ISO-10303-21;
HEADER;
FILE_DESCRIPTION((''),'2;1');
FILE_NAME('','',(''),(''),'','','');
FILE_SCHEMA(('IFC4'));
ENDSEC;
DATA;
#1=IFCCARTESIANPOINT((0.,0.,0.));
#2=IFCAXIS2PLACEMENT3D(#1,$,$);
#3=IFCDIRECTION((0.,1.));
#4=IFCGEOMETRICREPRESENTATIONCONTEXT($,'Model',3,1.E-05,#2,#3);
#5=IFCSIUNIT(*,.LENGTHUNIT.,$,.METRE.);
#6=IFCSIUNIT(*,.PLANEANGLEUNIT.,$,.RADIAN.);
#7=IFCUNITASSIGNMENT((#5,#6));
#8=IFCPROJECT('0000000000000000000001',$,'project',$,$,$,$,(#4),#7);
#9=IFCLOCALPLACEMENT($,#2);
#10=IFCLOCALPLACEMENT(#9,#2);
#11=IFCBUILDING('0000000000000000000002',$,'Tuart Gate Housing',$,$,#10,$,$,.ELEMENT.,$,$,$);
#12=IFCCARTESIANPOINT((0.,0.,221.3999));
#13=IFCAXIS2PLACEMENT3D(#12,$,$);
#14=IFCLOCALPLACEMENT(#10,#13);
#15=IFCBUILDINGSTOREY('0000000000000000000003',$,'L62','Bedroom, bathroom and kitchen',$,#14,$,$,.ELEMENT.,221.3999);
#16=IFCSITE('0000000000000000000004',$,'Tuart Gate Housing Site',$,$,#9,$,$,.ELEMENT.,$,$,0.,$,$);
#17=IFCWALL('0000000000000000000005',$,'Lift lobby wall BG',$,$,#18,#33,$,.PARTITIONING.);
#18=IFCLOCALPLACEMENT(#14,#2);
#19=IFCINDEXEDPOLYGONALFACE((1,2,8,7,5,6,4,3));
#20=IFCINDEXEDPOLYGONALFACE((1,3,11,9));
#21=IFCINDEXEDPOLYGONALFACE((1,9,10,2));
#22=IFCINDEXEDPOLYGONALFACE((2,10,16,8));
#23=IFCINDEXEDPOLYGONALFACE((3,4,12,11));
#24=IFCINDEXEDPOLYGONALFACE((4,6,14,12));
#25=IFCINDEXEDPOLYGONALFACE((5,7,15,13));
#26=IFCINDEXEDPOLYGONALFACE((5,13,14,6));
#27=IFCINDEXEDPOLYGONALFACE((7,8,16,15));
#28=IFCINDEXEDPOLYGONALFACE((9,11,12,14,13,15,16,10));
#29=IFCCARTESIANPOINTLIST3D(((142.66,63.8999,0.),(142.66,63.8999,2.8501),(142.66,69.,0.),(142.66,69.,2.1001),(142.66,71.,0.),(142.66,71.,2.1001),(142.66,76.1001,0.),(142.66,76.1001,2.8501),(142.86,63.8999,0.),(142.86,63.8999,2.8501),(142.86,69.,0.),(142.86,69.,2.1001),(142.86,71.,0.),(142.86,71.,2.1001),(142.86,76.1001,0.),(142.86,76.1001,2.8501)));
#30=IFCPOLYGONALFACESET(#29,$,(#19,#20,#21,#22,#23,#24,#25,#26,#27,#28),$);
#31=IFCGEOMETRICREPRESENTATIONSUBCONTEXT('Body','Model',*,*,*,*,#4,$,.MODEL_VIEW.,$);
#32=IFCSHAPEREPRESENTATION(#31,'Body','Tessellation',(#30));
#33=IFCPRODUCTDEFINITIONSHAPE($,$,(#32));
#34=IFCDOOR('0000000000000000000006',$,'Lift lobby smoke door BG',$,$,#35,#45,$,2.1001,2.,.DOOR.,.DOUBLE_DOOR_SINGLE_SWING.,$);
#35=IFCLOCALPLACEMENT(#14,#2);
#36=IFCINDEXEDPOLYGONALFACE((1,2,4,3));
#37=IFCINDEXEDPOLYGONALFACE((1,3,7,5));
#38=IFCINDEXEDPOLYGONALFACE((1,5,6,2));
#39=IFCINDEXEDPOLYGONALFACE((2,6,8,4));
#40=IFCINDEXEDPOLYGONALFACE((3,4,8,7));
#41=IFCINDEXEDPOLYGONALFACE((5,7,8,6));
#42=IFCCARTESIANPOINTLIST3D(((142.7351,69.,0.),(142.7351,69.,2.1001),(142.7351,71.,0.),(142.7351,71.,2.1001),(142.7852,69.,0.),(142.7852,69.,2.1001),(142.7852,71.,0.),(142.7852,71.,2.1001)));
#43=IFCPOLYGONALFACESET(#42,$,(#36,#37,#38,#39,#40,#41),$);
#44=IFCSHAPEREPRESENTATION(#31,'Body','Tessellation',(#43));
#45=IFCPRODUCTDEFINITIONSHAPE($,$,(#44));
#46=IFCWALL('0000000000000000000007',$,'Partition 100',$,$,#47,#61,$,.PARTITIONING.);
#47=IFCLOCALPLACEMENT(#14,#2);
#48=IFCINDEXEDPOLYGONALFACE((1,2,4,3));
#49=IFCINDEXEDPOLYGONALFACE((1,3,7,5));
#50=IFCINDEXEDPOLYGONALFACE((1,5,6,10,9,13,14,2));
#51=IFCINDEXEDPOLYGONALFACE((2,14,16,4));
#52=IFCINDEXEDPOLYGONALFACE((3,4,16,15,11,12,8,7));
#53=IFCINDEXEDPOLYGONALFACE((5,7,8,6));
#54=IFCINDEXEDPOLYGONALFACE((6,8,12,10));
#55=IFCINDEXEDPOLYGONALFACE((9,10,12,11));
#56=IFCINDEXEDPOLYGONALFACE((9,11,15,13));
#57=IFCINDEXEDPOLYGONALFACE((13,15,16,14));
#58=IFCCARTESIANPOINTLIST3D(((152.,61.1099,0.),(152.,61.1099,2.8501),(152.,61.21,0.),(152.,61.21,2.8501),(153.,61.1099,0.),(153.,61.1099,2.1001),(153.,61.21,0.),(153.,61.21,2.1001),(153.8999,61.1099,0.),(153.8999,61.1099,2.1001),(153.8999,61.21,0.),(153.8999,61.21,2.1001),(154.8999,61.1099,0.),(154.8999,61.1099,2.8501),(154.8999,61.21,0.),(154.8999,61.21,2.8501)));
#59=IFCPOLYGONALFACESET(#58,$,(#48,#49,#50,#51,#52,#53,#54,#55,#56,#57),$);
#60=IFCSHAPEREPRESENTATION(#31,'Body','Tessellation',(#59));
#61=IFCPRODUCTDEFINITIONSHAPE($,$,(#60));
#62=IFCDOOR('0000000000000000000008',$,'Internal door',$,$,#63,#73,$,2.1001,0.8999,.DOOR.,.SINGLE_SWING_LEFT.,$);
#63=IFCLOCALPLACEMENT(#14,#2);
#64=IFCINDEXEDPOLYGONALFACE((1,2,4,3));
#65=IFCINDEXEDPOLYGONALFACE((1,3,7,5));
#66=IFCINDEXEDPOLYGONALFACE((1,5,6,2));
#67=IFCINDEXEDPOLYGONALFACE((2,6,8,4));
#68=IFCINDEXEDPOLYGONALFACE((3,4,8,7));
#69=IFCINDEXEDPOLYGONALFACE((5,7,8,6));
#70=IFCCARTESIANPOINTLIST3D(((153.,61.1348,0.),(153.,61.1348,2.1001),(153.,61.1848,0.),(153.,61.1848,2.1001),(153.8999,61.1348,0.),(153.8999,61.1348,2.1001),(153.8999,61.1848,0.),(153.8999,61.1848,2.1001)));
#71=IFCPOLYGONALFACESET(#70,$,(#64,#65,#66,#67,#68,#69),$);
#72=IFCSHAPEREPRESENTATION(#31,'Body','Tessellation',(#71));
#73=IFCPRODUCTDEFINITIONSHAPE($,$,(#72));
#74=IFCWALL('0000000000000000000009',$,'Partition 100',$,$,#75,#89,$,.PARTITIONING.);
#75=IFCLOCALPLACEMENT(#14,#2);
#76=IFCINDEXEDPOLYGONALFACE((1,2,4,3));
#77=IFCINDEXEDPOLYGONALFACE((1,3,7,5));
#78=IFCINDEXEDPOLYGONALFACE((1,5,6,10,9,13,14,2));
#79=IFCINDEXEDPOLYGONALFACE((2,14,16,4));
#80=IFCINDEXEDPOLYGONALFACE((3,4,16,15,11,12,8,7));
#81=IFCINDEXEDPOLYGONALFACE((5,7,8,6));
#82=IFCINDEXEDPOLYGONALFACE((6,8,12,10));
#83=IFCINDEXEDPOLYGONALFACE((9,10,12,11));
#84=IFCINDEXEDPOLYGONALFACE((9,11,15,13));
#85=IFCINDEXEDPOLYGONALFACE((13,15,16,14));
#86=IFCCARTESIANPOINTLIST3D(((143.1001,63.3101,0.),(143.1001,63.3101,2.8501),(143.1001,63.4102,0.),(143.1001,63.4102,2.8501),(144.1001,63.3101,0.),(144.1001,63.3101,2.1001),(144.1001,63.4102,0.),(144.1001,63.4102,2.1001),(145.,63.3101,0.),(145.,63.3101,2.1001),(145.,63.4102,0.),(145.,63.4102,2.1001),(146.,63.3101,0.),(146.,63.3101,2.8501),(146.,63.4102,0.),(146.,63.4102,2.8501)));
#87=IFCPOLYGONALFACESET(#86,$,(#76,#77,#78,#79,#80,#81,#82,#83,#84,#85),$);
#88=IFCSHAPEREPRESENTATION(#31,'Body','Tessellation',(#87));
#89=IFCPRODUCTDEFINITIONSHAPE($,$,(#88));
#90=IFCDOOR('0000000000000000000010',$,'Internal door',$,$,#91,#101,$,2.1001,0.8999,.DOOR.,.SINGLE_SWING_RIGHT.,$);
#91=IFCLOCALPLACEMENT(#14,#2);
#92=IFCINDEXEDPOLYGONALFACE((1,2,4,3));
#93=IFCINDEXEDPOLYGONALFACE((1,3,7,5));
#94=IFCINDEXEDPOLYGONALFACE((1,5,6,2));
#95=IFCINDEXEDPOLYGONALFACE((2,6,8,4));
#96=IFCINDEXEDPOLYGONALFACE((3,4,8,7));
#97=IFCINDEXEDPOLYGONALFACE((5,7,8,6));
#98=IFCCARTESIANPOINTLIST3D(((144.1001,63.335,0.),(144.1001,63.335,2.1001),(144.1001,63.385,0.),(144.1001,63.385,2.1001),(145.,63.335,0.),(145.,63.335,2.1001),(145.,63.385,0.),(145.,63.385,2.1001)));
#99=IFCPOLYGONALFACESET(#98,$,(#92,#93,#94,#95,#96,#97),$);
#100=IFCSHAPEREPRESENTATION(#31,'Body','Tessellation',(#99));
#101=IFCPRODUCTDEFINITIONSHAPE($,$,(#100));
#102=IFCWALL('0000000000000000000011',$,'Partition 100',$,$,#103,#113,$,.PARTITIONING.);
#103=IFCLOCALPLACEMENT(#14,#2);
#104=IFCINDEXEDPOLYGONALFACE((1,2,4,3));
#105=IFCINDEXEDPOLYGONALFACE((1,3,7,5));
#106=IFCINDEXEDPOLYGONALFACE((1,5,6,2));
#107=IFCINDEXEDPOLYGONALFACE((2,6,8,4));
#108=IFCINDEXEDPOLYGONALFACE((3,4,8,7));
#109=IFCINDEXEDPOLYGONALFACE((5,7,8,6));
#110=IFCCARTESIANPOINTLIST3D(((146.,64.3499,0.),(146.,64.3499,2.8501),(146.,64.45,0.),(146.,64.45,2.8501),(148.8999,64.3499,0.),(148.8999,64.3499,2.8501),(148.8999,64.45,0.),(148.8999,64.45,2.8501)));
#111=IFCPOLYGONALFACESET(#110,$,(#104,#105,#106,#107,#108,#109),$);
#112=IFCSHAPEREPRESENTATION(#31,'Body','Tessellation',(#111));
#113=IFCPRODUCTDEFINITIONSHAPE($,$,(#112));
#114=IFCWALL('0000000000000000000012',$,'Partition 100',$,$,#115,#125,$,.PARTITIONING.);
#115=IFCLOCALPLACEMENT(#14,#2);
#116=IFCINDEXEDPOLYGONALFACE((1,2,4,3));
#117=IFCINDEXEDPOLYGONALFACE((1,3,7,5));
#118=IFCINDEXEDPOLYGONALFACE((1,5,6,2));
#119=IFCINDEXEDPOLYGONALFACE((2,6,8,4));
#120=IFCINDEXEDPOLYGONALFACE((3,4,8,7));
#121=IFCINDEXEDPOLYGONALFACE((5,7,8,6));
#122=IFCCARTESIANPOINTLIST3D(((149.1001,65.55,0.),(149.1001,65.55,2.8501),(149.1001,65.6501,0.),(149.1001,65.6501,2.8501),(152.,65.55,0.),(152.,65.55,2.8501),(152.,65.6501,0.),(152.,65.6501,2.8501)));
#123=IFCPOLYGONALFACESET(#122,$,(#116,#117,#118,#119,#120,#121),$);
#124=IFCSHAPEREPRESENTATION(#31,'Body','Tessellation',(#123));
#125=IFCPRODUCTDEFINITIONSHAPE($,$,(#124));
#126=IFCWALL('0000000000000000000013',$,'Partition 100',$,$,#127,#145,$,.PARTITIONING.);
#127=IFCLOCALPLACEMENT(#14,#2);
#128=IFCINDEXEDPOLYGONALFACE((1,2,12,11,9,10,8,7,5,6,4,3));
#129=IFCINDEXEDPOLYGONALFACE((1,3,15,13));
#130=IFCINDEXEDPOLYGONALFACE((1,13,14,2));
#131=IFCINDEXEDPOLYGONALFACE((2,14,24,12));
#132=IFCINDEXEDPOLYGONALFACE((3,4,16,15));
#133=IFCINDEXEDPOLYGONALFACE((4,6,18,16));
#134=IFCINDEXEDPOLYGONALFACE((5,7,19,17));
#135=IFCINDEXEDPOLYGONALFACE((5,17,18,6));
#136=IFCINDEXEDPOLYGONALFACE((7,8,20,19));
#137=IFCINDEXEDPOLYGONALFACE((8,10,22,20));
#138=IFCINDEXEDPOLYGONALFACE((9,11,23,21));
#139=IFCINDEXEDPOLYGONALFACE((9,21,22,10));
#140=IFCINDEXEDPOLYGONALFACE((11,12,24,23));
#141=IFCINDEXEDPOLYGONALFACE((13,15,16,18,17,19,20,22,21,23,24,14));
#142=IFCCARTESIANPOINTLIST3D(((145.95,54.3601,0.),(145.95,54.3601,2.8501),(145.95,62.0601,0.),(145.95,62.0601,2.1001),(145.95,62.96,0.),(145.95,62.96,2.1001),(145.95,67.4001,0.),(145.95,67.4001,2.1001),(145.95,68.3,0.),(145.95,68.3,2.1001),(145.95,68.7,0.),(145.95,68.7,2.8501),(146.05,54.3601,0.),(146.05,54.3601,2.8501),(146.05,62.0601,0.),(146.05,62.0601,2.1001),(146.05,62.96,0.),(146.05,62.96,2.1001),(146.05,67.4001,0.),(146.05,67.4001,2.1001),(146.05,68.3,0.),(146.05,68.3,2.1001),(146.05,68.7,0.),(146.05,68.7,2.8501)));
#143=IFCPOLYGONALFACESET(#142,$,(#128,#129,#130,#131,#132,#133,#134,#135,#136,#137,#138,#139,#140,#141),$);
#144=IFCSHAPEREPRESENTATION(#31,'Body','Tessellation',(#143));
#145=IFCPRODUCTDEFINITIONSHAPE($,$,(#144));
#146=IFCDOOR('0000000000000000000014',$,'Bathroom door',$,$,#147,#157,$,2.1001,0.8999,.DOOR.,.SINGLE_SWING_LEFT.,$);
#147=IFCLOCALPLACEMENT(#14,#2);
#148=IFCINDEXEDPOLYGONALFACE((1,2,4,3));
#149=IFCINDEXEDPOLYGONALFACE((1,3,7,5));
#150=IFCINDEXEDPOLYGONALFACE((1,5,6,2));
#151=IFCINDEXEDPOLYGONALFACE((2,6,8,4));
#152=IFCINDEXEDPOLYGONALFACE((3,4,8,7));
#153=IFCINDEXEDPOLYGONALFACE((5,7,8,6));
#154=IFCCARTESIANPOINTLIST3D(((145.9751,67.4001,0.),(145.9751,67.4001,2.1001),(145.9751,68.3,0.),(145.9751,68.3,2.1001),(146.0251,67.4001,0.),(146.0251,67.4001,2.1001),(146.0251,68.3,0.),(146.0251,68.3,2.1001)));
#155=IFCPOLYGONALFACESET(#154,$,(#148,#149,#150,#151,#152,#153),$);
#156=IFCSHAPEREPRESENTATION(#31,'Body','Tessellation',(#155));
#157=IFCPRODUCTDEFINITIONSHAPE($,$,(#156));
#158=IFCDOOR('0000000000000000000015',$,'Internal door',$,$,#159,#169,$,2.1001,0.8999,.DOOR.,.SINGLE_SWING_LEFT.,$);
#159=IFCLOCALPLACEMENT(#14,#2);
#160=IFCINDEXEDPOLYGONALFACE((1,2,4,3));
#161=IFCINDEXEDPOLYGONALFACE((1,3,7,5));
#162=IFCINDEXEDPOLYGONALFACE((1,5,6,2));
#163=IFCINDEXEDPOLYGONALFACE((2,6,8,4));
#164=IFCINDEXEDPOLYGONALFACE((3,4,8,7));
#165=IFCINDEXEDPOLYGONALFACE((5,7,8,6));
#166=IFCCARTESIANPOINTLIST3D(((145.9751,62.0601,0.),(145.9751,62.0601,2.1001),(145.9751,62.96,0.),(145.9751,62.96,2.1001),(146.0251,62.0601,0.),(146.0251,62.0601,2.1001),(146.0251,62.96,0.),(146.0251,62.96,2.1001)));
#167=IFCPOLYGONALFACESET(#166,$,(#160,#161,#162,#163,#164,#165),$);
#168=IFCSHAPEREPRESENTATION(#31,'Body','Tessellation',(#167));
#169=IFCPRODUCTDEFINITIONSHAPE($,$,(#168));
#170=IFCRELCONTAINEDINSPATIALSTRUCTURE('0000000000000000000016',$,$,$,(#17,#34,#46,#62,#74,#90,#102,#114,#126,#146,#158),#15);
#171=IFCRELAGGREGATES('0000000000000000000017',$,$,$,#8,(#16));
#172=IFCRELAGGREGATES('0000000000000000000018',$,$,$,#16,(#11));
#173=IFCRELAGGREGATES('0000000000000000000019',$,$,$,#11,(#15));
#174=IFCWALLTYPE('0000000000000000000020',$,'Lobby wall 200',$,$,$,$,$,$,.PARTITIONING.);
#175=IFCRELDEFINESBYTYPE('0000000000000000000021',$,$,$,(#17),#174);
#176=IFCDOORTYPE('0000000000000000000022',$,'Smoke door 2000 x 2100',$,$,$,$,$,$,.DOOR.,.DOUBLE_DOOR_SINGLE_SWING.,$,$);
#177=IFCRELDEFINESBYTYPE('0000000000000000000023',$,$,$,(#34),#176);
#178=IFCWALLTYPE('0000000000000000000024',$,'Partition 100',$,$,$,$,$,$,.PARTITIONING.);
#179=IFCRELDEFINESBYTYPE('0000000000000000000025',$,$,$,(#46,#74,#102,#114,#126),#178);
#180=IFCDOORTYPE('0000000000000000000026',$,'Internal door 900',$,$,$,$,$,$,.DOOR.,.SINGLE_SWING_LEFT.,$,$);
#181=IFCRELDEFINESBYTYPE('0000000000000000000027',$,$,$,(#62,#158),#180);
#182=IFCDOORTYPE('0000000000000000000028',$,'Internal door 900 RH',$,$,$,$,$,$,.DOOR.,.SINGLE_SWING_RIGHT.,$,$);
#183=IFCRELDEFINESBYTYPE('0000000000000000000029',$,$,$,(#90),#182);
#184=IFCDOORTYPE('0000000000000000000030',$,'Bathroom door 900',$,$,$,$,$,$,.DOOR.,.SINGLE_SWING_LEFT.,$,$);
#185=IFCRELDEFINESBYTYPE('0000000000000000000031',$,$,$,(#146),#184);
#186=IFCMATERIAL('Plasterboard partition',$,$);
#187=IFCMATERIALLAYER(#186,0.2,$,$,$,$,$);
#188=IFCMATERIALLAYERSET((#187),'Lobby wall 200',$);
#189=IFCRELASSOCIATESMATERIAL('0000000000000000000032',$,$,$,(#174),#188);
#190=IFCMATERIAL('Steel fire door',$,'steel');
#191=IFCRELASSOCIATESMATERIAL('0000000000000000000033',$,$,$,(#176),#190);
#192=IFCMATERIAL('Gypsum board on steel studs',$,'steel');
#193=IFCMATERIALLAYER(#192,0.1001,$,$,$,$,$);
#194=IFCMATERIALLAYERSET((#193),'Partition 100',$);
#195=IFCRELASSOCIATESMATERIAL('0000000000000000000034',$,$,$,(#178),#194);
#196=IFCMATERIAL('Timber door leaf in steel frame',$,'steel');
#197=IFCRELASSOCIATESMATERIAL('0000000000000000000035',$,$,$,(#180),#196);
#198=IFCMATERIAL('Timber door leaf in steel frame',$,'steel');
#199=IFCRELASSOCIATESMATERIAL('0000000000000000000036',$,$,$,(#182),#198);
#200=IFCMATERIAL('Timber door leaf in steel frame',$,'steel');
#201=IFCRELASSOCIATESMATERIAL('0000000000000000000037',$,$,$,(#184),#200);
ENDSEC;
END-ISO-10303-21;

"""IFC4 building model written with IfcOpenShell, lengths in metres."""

from ifc_helpers import new_model, si_unit, direction, frame, frame_2d, origin, place, context, subcontext, project, spatial, rectangle, extrude, material, layer, layer_set, type_object, element, fill, save


model = new_model("IFC4")

# Units and contexts
model_context = context("Model", 3, precision=1e-05, world=origin(), true_north=direction((0.0, 1.0)))
body_context = subcontext(model_context, "Body", "Model", "MODEL_VIEW")
ifc_project = project(units=[si_unit("LENGTHUNIT", "METRE"), si_unit("PLANEANGLEUNIT", "RADIAN")], contexts=[model_context])

# Site, building, storey
site_placement = place(None, origin())
site = spatial("IfcSite", under=ifc_project, at=site_placement, Name="Tuart Gate Housing Site", CompositionType="ELEMENT", RefElevation=0.0)
building_placement = place(site_placement, origin())
building = spatial("IfcBuilding", under=site, at=building_placement, Name="Tuart Gate Housing", CompositionType="ELEMENT")
storey_placement = place(building_placement, frame((0.0, 0.0, 221.3999)))
storey = spatial("IfcBuildingStorey", under=building, at=storey_placement, Name="L62", Description="Bedroom, bathroom and kitchen", CompositionType="ELEMENT", Elevation=221.3999)

# Walls, openings, doors
ifc_material_1 = material(Name="Plasterboard partition")
ifc_layer_1 = layer(ifc_material_1, 0.2)
ifc_layer_set_1 = layer_set([ifc_layer_1], Name="Lobby wall 200")
wall_type_1 = type_object("IfcWallType", Name="Lobby wall 200", PredefinedType="PARTITIONING", material=ifc_layer_set_1)
wall_1_placement = place(storey_placement, frame((142.76, 63.8999, 0.0), z_axis=(0.0, 0.0, 1.0), x_axis=(0.0, 1.0, 0.0)))
wall_1 = element("IfcWall", 1, at=wall_1_placement, inside=storey, type_object=wall_type_1, Name="Lift lobby wall BG", PredefinedType="PARTITIONING", context=body_context, shape_type="SweptSolid", body=[
    extrude(rectangle(XDim=12.2002, YDim=0.2, at=frame_2d((6.1001, 0.0))), origin(), (0.0, 0.0, 1.0), 2.8501),
])
opening_1_placement = place(wall_1_placement, frame((5.1001, 0.0, 0.0)))
opening_1 = element("IfcOpeningElement", 2, at=opening_1_placement, cuts=wall_1, PredefinedType="OPENING", context=body_context, shape_type="SweptSolid", body=[
    extrude(rectangle(XDim=2.0, YDim=2.1001, at=frame_2d((1.0, 1.05))), frame((0.0, 0.1099, 0.0), z_axis=(0.0, -1.0, 0.0), x_axis=(1.0, 0.0, 0.0)), (0.0, 0.0, 1.0), 0.22),
])
ifc_material_2 = material(Name="Steel fire door", Category="steel")
door_type_1 = type_object("IfcDoorType", Name="Smoke door 2000 x 2100", OperationType="DOUBLE_DOOR_SINGLE_SWING", PredefinedType="DOOR", material=ifc_material_2)
door_1_placement = place(opening_1_placement, origin())
door_1 = element("IfcDoor", 3, at=door_1_placement, inside=storey, type_object=door_type_1, Name="Lift lobby smoke door BG", OperationType="DOUBLE_DOOR_SINGLE_SWING", OverallHeight=2.1001, OverallWidth=2.0, PredefinedType="DOOR", context=body_context, shape_type="SweptSolid", body=[
    extrude(rectangle(XDim=2.0, YDim=2.1001, at=frame_2d((1.0, 1.05))), frame((0.0, 0.0249, 0.0), z_axis=(0.0, -1.0, 0.0), x_axis=(1.0, 0.0, 0.0)), (0.0, 0.0, 1.0), 0.05),
])
fill(opening_1, door_1)
ifc_material_3 = material(Name="Gypsum board on steel studs", Category="steel")
ifc_layer_2 = layer(ifc_material_3, 0.1001)
ifc_layer_set_2 = layer_set([ifc_layer_2], Name="Partition 100")
wall_type_2 = type_object("IfcWallType", Name="Partition 100", PredefinedType="PARTITIONING", material=ifc_layer_set_2)
wall_2_placement = place(storey_placement, frame((152.0, 61.1599, 0.0), z_axis=(0.0, 0.0, 1.0), x_axis=(1.0, 0.0, 0.0)))
wall_2 = element("IfcWall", 4, at=wall_2_placement, inside=storey, type_object=wall_type_2, Name="Partition 100", PredefinedType="PARTITIONING", context=body_context, shape_type="SweptSolid", body=[
    extrude(rectangle(XDim=2.8999, YDim=0.1001, at=frame_2d((1.45, 0.0))), origin(), (0.0, 0.0, 1.0), 2.8501),
])
opening_2_placement = place(wall_2_placement, frame((1.0, 0.0, 0.0)))
opening_2 = element("IfcOpeningElement", 5, at=opening_2_placement, cuts=wall_2, PredefinedType="OPENING", context=body_context, shape_type="SweptSolid", body=[
    extrude(rectangle(XDim=0.8999, YDim=2.1001, at=frame_2d((0.45, 1.05))), frame((0.0, 0.0601, 0.0), z_axis=(0.0, -1.0, 0.0), x_axis=(1.0, 0.0, 0.0)), (0.0, 0.0, 1.0), 0.1201),
])
ifc_material_4 = material(Name="Timber door leaf in steel frame", Category="steel")
door_type_2 = type_object("IfcDoorType", Name="Internal door 900", OperationType="SINGLE_SWING_LEFT", PredefinedType="DOOR", material=ifc_material_4)
door_2_placement = place(opening_2_placement, origin())
door_2 = element("IfcDoor", 6, at=door_2_placement, inside=storey, type_object=door_type_2, Name="Internal door", OperationType="SINGLE_SWING_LEFT", OverallHeight=2.1001, OverallWidth=0.8999, PredefinedType="DOOR", context=body_context, shape_type="SweptSolid", body=[
    extrude(rectangle(XDim=0.8999, YDim=2.1001, at=frame_2d((0.45, 1.05))), frame((0.0, 0.0249, 0.0), z_axis=(0.0, -1.0, 0.0), x_axis=(1.0, 0.0, 0.0)), (0.0, 0.0, 1.0), 0.05),
])
fill(opening_2, door_2)
wall_3_placement = place(storey_placement, frame((143.1001, 63.3601, 0.0), z_axis=(0.0, 0.0, 1.0), x_axis=(1.0, 0.0, 0.0)))
wall_3 = element("IfcWall", 7, at=wall_3_placement, inside=storey, type_object=wall_type_2, Name="Partition 100", PredefinedType="PARTITIONING", context=body_context, shape_type="SweptSolid", body=[
    extrude(rectangle(XDim=2.8999, YDim=0.1001, at=frame_2d((1.45, 0.0))), origin(), (0.0, 0.0, 1.0), 2.8501),
])
opening_3_placement = place(wall_3_placement, frame((1.0, 0.0, 0.0)))
opening_3 = element("IfcOpeningElement", 8, at=opening_3_placement, cuts=wall_3, PredefinedType="OPENING", context=body_context, shape_type="SweptSolid", body=[
    extrude(rectangle(XDim=0.8999, YDim=2.1001, at=frame_2d((0.45, 1.05))), frame((0.0, 0.0601, 0.0), z_axis=(0.0, -1.0, 0.0), x_axis=(1.0, 0.0, 0.0)), (0.0, 0.0, 1.0), 0.1201),
])
ifc_material_5 = material(Name="Timber door leaf in steel frame", Category="steel")
door_type_3 = type_object("IfcDoorType", Name="Internal door 900 RH", OperationType="SINGLE_SWING_RIGHT", PredefinedType="DOOR", material=ifc_material_5)
door_3_placement = place(opening_3_placement, origin())
door_3 = element("IfcDoor", 9, at=door_3_placement, inside=storey, type_object=door_type_3, Name="Internal door", OperationType="SINGLE_SWING_RIGHT", OverallHeight=2.1001, OverallWidth=0.8999, PredefinedType="DOOR", context=body_context, shape_type="SweptSolid", body=[
    extrude(rectangle(XDim=0.8999, YDim=2.1001, at=frame_2d((0.45, 1.05))), frame((0.0, 0.0249, 0.0), z_axis=(0.0, -1.0, 0.0), x_axis=(1.0, 0.0, 0.0)), (0.0, 0.0, 1.0), 0.05),
])
fill(opening_3, door_3)

# Walls
for number, where, z_axis, x_axis, name in (
    (10, (146.0, 64.3999, 0.0), (0.0, 0.0, 1.0), (1.0, 0.0, 0.0), "Partition 100"),
    (11, (149.1001, 65.6001, 0.0), (0.0, 0.0, 1.0), (1.0, 0.0, 0.0), "Partition 100"),
):
    element("IfcWall", number, at=place(storey_placement, frame(where, z_axis=z_axis, x_axis=x_axis)), inside=storey, type_object=wall_type_2, Name=name, PredefinedType="PARTITIONING", context=body_context, shape_type="SweptSolid", body=[
        extrude(rectangle(XDim=2.8999, YDim=0.1001, at=frame_2d((1.45, 0.0))), origin(), (0.0, 0.0, 1.0), 2.8501),
    ])

# Wall, openings, doors
wall_4_placement = place(storey_placement, frame((146.0, 54.3601, 0.0), z_axis=(0.0, 0.0, 1.0), x_axis=(0.0, 1.0, 0.0)))
wall_4 = element("IfcWall", 12, at=wall_4_placement, inside=storey, type_object=wall_type_2, Name="Partition 100", PredefinedType="PARTITIONING", context=body_context, shape_type="SweptSolid", body=[
    extrude(rectangle(XDim=14.3398, YDim=0.1001, at=frame_2d((7.1699, 0.0))), origin(), (0.0, 0.0, 1.0), 2.8501),
])
opening_4_placement = place(wall_4_placement, frame((7.7, 0.0, 0.0)))
opening_4 = element("IfcOpeningElement", 13, at=opening_4_placement, cuts=wall_4, PredefinedType="OPENING", context=body_context, shape_type="SweptSolid", body=[
    extrude(rectangle(XDim=0.8999, YDim=2.1001, at=frame_2d((0.45, 1.05))), frame((0.0, 0.0601, 0.0), z_axis=(0.0, -1.0, 0.0), x_axis=(1.0, 0.0, 0.0)), (0.0, 0.0, 1.0), 0.1201),
])
opening_5_placement = place(wall_4_placement, frame((13.04, 0.0, 0.0)))
opening_5 = element("IfcOpeningElement", 14, at=opening_5_placement, cuts=wall_4, PredefinedType="OPENING", context=body_context, shape_type="SweptSolid", body=[
    extrude(rectangle(XDim=0.8999, YDim=2.1001, at=frame_2d((0.45, 1.05))), frame((0.0, 0.0601, 0.0), z_axis=(0.0, -1.0, 0.0), x_axis=(1.0, 0.0, 0.0)), (0.0, 0.0, 1.0), 0.1201),
])
ifc_material_6 = material(Name="Timber door leaf in steel frame", Category="steel")
door_type_4 = type_object("IfcDoorType", Name="Bathroom door 900", OperationType="SINGLE_SWING_LEFT", PredefinedType="DOOR", material=ifc_material_6)
door_4_placement = place(opening_5_placement, frame((0.8999, 0.0, 0.0), z_axis=(0.0, 0.0, 1.0), x_axis=(-1.0, 0.0, 0.0)))
door_4 = element("IfcDoor", 15, at=door_4_placement, inside=storey, type_object=door_type_4, Name="Bathroom door", OperationType="SINGLE_SWING_LEFT", OverallHeight=2.1001, OverallWidth=0.8999, PredefinedType="DOOR", context=body_context, shape_type="SweptSolid", body=[
    extrude(rectangle(XDim=0.8999, YDim=2.1001, at=frame_2d((0.45, 1.05))), frame((0.0, 0.0251, 0.0), z_axis=(0.0, -1.0, 0.0), x_axis=(1.0, 0.0, 0.0)), (0.0, 0.0, 1.0), 0.05),
])
fill(opening_5, door_4)
door_5_placement = place(opening_4_placement, frame((0.8999, 0.0, 0.0), z_axis=(0.0, 0.0, 1.0), x_axis=(-1.0, 0.0, 0.0)))
door_5 = element("IfcDoor", 16, at=door_5_placement, inside=storey, type_object=door_type_2, Name="Internal door", OperationType="SINGLE_SWING_LEFT", OverallHeight=2.1001, OverallWidth=0.8999, PredefinedType="DOOR", context=body_context, shape_type="SweptSolid", body=[
    extrude(rectangle(XDim=0.8999, YDim=2.1001, at=frame_2d((0.45, 1.05))), frame((0.0, 0.0251, 0.0), z_axis=(0.0, -1.0, 0.0), x_axis=(1.0, 0.0, 0.0)), (0.0, 0.0, 1.0), 0.05),
])
fill(opening_4, door_5)

save(model, "model.ifc")
